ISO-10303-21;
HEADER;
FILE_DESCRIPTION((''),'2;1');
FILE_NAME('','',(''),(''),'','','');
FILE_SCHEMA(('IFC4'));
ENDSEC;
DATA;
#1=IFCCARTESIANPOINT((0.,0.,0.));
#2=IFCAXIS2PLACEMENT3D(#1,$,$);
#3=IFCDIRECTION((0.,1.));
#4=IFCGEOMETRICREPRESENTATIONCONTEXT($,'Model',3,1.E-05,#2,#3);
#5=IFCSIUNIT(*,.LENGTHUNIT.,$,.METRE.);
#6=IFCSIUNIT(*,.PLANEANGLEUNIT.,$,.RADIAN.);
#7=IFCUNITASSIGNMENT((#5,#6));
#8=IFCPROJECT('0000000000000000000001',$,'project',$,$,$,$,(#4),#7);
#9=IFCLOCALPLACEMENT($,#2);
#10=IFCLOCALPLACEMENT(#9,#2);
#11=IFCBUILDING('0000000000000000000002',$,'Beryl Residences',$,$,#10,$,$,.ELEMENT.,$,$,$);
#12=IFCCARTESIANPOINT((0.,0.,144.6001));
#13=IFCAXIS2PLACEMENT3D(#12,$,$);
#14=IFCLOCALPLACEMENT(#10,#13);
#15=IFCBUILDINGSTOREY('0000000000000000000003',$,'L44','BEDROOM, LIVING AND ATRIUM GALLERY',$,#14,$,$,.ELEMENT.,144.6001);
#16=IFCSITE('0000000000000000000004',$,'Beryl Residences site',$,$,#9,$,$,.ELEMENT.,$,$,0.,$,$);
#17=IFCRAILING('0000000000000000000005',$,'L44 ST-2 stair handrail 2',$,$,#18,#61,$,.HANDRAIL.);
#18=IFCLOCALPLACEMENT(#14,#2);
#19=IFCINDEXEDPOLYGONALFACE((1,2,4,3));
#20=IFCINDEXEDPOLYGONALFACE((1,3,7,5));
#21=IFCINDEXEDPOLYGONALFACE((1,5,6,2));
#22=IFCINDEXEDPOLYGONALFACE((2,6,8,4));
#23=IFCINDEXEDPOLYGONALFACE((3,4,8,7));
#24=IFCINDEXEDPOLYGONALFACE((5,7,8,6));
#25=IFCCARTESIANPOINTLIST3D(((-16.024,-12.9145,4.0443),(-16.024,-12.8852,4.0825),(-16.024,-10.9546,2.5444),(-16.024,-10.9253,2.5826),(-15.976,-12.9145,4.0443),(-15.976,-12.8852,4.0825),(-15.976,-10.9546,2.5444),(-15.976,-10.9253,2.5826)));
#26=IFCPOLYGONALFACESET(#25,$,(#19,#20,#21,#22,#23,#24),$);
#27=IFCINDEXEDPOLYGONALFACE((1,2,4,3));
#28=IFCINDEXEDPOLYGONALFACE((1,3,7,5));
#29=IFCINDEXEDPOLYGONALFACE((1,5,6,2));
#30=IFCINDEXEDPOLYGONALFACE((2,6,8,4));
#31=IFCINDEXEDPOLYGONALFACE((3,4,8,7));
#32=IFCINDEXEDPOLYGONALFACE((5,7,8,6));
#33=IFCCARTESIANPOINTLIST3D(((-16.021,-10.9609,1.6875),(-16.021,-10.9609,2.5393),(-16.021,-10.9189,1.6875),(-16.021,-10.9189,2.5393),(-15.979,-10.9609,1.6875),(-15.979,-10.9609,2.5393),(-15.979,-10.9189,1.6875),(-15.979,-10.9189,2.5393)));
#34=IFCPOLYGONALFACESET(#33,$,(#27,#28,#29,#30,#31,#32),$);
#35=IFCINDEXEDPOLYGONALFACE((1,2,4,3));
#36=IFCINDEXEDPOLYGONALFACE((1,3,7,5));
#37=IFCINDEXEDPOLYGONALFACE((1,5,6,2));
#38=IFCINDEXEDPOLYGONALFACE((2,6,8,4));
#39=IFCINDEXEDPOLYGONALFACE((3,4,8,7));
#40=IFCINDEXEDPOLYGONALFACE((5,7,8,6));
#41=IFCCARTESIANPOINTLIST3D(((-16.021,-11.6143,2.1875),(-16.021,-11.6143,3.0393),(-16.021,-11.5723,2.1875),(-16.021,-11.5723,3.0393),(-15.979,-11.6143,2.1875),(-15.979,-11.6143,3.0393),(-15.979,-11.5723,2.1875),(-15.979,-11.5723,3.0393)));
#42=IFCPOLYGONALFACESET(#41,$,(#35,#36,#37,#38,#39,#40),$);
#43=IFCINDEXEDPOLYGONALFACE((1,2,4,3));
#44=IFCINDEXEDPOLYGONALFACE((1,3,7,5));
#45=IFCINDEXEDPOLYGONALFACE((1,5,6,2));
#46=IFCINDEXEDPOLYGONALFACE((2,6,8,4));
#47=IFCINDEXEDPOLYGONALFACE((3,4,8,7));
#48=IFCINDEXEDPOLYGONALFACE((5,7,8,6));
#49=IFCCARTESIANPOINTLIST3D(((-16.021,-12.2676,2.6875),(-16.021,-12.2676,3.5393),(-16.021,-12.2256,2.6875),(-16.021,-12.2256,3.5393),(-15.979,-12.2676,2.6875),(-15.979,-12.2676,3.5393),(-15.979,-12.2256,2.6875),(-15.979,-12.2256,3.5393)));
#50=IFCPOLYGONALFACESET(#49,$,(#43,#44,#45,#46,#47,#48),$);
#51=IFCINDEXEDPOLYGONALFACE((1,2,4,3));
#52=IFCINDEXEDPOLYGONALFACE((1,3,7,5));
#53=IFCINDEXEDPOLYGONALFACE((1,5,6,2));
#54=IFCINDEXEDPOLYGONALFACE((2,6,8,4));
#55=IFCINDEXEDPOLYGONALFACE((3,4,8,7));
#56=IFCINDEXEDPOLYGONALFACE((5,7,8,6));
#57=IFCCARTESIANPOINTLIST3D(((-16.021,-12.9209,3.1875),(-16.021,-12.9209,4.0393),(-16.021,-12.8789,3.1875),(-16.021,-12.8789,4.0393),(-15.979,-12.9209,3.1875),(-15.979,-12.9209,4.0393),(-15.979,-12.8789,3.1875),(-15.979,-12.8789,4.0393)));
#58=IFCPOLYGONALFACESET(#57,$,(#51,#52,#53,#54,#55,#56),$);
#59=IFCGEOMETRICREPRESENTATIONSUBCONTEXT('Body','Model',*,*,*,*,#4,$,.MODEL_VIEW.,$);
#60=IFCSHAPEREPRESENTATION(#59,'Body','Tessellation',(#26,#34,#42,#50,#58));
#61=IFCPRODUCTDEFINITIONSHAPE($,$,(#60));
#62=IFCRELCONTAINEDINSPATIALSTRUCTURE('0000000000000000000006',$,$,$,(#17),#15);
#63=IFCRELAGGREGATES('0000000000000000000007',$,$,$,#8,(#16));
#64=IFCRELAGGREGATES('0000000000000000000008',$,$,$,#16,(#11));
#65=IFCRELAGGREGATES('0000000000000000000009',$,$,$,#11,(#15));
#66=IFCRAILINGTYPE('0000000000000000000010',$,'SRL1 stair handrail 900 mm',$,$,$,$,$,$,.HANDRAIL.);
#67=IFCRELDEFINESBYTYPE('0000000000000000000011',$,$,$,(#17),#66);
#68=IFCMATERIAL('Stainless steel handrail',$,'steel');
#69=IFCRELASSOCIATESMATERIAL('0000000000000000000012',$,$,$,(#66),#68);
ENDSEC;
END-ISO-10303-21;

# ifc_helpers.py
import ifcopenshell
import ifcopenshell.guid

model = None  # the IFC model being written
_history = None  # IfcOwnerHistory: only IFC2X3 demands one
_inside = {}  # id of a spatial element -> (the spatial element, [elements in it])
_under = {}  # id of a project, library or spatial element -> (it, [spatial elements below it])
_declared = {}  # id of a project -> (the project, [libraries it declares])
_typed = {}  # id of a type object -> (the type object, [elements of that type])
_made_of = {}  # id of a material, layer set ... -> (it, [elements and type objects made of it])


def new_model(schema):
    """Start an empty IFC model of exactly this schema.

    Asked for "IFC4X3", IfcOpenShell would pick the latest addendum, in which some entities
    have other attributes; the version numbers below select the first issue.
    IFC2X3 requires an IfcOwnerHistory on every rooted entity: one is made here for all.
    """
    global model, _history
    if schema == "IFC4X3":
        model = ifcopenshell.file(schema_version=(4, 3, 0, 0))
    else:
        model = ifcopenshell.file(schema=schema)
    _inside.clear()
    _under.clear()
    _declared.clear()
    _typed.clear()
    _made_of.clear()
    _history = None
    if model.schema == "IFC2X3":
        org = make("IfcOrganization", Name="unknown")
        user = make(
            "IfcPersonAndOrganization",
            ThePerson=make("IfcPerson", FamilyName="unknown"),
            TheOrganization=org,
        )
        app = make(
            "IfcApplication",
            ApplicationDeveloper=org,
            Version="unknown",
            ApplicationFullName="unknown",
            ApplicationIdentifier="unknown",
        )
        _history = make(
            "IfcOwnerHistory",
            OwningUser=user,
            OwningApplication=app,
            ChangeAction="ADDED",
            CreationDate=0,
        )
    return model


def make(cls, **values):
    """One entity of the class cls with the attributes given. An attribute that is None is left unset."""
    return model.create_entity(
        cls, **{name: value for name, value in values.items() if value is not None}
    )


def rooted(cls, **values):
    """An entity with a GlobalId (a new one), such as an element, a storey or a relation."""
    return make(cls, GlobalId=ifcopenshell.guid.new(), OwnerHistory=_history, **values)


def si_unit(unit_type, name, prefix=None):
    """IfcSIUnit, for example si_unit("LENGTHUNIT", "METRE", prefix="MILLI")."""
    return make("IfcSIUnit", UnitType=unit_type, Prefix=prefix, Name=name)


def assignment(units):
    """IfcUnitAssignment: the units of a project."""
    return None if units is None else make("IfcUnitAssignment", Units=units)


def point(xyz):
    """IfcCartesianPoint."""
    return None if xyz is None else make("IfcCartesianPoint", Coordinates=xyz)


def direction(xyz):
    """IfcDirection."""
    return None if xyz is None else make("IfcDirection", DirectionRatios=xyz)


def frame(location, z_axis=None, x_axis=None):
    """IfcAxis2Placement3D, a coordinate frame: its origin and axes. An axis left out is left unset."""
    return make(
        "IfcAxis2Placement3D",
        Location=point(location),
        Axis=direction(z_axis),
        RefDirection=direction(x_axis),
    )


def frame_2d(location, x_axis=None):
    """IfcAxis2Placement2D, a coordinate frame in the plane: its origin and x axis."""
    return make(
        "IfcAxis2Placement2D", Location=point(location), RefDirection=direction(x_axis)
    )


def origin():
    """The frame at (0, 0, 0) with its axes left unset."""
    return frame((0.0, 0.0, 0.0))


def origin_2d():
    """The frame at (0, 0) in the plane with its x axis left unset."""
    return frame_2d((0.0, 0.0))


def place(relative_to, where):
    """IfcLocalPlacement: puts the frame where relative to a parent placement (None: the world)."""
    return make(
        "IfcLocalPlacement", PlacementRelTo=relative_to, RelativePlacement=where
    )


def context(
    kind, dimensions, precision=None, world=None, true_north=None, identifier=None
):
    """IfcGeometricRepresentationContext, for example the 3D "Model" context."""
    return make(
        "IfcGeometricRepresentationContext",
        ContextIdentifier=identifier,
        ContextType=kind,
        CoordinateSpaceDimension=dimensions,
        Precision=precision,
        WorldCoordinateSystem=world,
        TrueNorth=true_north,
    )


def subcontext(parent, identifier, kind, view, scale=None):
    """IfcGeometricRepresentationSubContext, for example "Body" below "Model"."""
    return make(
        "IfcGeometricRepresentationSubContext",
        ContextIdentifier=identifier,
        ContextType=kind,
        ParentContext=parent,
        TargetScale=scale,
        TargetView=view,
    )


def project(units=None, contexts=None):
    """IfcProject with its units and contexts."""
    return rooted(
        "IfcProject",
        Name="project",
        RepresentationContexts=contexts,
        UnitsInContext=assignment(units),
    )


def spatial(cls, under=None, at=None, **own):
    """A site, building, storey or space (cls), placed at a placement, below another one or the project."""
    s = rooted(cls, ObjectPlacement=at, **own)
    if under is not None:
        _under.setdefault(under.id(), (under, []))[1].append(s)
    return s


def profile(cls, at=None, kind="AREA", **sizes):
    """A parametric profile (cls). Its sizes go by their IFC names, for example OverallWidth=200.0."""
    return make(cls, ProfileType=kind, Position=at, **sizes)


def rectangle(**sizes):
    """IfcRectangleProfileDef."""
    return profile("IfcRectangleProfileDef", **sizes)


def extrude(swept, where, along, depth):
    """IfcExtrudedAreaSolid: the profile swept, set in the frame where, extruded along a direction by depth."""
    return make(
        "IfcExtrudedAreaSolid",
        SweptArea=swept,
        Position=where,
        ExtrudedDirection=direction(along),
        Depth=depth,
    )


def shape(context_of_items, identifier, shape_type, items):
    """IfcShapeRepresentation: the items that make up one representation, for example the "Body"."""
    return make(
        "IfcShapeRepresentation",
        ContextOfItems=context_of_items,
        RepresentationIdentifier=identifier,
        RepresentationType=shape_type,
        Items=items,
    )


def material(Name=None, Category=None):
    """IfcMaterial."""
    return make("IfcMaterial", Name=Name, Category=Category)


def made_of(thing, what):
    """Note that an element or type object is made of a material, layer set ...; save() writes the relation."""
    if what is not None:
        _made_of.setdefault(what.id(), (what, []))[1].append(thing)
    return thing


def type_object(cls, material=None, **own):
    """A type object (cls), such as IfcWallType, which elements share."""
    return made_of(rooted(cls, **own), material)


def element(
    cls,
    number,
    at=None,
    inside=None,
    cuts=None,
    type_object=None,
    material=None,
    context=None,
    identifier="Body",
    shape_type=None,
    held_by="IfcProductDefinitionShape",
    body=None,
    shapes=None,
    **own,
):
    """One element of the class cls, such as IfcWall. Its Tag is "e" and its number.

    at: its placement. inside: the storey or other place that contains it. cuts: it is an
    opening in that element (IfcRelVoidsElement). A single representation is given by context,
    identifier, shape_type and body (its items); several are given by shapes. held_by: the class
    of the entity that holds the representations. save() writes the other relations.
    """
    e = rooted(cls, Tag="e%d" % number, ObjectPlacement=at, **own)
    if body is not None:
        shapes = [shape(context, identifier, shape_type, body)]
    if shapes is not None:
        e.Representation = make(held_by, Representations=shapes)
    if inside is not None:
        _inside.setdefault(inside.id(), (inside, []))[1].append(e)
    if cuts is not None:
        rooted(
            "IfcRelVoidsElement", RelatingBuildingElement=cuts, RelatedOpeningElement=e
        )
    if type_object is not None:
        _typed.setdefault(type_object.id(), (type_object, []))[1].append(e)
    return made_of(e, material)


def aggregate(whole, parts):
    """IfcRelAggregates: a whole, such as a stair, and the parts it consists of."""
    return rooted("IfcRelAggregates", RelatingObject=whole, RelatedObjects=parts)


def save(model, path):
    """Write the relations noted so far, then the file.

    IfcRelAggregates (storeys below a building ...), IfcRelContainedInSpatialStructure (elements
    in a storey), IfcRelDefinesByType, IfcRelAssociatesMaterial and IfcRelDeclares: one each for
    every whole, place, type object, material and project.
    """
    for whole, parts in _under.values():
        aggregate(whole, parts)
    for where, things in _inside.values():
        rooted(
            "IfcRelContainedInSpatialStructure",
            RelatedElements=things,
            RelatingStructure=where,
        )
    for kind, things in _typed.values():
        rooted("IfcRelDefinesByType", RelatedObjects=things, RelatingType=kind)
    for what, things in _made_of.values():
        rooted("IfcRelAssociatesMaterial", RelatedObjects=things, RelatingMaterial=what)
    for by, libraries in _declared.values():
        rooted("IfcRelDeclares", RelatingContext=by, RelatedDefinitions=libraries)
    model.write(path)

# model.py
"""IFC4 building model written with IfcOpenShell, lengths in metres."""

from ifc_helpers import new_model, si_unit, direction, frame, origin, origin_2d, place, context, subcontext, project, spatial, rectangle, extrude, material, type_object, element, save


model = new_model("IFC4")

# Units and contexts
model_context = context("Model", 3, precision=1e-05, world=origin(), true_north=direction((0.0, 1.0)))
body_context = subcontext(model_context, "Body", "Model", "MODEL_VIEW")
ifc_project = project(units=[si_unit("LENGTHUNIT", "METRE"), si_unit("PLANEANGLEUNIT", "RADIAN")], contexts=[model_context])

# Site, building, storey
site_placement = place(None, origin())
site = spatial("IfcSite", under=ifc_project, at=site_placement, Name="Beryl Residences site", CompositionType="ELEMENT", RefElevation=0.0)
building_placement = place(site_placement, origin())
building = spatial("IfcBuilding", under=site, at=building_placement, Name="Beryl Residences", CompositionType="ELEMENT")
storey_placement = place(building_placement, frame((0.0, 0.0, 144.6001)))
storey = spatial("IfcBuildingStorey", under=building, at=storey_placement, Name="L44", Description="BEDROOM, LIVING AND ATRIUM GALLERY", CompositionType="ELEMENT", Elevation=144.6001)

# Railing
ifc_material_1 = material(Name="Stainless steel handrail", Category="steel")
railing_type_1 = type_object("IfcRailingType", Name="SRL1 stair handrail 900 mm", PredefinedType="HANDRAIL", material=ifc_material_1)
railing_1_placement = place(storey_placement, frame((-16.0, -10.9399, 1.6875)))
element("IfcRailing", 1, at=railing_1_placement, inside=storey, type_object=railing_type_1, Name="L44 ST-2 stair handrail 2", PredefinedType="HANDRAIL", context=body_context, shape_type="SweptSolid", body=[
    extrude(rectangle(XDim=0.0481, YDim=0.0481, at=origin_2d()), frame((0.0, 0.0, 0.876), z_axis=(0.0, -0.794122, 0.607758), x_axis=(1.0, 0.0, 0.0)), (0.0, 0.0, 1.0), 2.468),
    extrude(rectangle(XDim=0.042, YDim=0.042, at=origin_2d()), origin(), (0.0, 0.0, 1.0), 0.8518),
    extrude(rectangle(XDim=0.042, YDim=0.042, at=origin_2d()), frame((0.0, -0.6533, 0.5)), (0.0, 0.0, 1.0), 0.8518),
    extrude(rectangle(XDim=0.042, YDim=0.042, at=origin_2d()), frame((0.0, -1.3066, 1.0)), (0.0, 0.0, 1.0), 0.8518),
    extrude(rectangle(XDim=0.042, YDim=0.042, at=origin_2d()), frame((0.0, -1.96, 1.5)), (0.0, 0.0, 1.0), 0.8518),
])

save(model, "model.ifc")
